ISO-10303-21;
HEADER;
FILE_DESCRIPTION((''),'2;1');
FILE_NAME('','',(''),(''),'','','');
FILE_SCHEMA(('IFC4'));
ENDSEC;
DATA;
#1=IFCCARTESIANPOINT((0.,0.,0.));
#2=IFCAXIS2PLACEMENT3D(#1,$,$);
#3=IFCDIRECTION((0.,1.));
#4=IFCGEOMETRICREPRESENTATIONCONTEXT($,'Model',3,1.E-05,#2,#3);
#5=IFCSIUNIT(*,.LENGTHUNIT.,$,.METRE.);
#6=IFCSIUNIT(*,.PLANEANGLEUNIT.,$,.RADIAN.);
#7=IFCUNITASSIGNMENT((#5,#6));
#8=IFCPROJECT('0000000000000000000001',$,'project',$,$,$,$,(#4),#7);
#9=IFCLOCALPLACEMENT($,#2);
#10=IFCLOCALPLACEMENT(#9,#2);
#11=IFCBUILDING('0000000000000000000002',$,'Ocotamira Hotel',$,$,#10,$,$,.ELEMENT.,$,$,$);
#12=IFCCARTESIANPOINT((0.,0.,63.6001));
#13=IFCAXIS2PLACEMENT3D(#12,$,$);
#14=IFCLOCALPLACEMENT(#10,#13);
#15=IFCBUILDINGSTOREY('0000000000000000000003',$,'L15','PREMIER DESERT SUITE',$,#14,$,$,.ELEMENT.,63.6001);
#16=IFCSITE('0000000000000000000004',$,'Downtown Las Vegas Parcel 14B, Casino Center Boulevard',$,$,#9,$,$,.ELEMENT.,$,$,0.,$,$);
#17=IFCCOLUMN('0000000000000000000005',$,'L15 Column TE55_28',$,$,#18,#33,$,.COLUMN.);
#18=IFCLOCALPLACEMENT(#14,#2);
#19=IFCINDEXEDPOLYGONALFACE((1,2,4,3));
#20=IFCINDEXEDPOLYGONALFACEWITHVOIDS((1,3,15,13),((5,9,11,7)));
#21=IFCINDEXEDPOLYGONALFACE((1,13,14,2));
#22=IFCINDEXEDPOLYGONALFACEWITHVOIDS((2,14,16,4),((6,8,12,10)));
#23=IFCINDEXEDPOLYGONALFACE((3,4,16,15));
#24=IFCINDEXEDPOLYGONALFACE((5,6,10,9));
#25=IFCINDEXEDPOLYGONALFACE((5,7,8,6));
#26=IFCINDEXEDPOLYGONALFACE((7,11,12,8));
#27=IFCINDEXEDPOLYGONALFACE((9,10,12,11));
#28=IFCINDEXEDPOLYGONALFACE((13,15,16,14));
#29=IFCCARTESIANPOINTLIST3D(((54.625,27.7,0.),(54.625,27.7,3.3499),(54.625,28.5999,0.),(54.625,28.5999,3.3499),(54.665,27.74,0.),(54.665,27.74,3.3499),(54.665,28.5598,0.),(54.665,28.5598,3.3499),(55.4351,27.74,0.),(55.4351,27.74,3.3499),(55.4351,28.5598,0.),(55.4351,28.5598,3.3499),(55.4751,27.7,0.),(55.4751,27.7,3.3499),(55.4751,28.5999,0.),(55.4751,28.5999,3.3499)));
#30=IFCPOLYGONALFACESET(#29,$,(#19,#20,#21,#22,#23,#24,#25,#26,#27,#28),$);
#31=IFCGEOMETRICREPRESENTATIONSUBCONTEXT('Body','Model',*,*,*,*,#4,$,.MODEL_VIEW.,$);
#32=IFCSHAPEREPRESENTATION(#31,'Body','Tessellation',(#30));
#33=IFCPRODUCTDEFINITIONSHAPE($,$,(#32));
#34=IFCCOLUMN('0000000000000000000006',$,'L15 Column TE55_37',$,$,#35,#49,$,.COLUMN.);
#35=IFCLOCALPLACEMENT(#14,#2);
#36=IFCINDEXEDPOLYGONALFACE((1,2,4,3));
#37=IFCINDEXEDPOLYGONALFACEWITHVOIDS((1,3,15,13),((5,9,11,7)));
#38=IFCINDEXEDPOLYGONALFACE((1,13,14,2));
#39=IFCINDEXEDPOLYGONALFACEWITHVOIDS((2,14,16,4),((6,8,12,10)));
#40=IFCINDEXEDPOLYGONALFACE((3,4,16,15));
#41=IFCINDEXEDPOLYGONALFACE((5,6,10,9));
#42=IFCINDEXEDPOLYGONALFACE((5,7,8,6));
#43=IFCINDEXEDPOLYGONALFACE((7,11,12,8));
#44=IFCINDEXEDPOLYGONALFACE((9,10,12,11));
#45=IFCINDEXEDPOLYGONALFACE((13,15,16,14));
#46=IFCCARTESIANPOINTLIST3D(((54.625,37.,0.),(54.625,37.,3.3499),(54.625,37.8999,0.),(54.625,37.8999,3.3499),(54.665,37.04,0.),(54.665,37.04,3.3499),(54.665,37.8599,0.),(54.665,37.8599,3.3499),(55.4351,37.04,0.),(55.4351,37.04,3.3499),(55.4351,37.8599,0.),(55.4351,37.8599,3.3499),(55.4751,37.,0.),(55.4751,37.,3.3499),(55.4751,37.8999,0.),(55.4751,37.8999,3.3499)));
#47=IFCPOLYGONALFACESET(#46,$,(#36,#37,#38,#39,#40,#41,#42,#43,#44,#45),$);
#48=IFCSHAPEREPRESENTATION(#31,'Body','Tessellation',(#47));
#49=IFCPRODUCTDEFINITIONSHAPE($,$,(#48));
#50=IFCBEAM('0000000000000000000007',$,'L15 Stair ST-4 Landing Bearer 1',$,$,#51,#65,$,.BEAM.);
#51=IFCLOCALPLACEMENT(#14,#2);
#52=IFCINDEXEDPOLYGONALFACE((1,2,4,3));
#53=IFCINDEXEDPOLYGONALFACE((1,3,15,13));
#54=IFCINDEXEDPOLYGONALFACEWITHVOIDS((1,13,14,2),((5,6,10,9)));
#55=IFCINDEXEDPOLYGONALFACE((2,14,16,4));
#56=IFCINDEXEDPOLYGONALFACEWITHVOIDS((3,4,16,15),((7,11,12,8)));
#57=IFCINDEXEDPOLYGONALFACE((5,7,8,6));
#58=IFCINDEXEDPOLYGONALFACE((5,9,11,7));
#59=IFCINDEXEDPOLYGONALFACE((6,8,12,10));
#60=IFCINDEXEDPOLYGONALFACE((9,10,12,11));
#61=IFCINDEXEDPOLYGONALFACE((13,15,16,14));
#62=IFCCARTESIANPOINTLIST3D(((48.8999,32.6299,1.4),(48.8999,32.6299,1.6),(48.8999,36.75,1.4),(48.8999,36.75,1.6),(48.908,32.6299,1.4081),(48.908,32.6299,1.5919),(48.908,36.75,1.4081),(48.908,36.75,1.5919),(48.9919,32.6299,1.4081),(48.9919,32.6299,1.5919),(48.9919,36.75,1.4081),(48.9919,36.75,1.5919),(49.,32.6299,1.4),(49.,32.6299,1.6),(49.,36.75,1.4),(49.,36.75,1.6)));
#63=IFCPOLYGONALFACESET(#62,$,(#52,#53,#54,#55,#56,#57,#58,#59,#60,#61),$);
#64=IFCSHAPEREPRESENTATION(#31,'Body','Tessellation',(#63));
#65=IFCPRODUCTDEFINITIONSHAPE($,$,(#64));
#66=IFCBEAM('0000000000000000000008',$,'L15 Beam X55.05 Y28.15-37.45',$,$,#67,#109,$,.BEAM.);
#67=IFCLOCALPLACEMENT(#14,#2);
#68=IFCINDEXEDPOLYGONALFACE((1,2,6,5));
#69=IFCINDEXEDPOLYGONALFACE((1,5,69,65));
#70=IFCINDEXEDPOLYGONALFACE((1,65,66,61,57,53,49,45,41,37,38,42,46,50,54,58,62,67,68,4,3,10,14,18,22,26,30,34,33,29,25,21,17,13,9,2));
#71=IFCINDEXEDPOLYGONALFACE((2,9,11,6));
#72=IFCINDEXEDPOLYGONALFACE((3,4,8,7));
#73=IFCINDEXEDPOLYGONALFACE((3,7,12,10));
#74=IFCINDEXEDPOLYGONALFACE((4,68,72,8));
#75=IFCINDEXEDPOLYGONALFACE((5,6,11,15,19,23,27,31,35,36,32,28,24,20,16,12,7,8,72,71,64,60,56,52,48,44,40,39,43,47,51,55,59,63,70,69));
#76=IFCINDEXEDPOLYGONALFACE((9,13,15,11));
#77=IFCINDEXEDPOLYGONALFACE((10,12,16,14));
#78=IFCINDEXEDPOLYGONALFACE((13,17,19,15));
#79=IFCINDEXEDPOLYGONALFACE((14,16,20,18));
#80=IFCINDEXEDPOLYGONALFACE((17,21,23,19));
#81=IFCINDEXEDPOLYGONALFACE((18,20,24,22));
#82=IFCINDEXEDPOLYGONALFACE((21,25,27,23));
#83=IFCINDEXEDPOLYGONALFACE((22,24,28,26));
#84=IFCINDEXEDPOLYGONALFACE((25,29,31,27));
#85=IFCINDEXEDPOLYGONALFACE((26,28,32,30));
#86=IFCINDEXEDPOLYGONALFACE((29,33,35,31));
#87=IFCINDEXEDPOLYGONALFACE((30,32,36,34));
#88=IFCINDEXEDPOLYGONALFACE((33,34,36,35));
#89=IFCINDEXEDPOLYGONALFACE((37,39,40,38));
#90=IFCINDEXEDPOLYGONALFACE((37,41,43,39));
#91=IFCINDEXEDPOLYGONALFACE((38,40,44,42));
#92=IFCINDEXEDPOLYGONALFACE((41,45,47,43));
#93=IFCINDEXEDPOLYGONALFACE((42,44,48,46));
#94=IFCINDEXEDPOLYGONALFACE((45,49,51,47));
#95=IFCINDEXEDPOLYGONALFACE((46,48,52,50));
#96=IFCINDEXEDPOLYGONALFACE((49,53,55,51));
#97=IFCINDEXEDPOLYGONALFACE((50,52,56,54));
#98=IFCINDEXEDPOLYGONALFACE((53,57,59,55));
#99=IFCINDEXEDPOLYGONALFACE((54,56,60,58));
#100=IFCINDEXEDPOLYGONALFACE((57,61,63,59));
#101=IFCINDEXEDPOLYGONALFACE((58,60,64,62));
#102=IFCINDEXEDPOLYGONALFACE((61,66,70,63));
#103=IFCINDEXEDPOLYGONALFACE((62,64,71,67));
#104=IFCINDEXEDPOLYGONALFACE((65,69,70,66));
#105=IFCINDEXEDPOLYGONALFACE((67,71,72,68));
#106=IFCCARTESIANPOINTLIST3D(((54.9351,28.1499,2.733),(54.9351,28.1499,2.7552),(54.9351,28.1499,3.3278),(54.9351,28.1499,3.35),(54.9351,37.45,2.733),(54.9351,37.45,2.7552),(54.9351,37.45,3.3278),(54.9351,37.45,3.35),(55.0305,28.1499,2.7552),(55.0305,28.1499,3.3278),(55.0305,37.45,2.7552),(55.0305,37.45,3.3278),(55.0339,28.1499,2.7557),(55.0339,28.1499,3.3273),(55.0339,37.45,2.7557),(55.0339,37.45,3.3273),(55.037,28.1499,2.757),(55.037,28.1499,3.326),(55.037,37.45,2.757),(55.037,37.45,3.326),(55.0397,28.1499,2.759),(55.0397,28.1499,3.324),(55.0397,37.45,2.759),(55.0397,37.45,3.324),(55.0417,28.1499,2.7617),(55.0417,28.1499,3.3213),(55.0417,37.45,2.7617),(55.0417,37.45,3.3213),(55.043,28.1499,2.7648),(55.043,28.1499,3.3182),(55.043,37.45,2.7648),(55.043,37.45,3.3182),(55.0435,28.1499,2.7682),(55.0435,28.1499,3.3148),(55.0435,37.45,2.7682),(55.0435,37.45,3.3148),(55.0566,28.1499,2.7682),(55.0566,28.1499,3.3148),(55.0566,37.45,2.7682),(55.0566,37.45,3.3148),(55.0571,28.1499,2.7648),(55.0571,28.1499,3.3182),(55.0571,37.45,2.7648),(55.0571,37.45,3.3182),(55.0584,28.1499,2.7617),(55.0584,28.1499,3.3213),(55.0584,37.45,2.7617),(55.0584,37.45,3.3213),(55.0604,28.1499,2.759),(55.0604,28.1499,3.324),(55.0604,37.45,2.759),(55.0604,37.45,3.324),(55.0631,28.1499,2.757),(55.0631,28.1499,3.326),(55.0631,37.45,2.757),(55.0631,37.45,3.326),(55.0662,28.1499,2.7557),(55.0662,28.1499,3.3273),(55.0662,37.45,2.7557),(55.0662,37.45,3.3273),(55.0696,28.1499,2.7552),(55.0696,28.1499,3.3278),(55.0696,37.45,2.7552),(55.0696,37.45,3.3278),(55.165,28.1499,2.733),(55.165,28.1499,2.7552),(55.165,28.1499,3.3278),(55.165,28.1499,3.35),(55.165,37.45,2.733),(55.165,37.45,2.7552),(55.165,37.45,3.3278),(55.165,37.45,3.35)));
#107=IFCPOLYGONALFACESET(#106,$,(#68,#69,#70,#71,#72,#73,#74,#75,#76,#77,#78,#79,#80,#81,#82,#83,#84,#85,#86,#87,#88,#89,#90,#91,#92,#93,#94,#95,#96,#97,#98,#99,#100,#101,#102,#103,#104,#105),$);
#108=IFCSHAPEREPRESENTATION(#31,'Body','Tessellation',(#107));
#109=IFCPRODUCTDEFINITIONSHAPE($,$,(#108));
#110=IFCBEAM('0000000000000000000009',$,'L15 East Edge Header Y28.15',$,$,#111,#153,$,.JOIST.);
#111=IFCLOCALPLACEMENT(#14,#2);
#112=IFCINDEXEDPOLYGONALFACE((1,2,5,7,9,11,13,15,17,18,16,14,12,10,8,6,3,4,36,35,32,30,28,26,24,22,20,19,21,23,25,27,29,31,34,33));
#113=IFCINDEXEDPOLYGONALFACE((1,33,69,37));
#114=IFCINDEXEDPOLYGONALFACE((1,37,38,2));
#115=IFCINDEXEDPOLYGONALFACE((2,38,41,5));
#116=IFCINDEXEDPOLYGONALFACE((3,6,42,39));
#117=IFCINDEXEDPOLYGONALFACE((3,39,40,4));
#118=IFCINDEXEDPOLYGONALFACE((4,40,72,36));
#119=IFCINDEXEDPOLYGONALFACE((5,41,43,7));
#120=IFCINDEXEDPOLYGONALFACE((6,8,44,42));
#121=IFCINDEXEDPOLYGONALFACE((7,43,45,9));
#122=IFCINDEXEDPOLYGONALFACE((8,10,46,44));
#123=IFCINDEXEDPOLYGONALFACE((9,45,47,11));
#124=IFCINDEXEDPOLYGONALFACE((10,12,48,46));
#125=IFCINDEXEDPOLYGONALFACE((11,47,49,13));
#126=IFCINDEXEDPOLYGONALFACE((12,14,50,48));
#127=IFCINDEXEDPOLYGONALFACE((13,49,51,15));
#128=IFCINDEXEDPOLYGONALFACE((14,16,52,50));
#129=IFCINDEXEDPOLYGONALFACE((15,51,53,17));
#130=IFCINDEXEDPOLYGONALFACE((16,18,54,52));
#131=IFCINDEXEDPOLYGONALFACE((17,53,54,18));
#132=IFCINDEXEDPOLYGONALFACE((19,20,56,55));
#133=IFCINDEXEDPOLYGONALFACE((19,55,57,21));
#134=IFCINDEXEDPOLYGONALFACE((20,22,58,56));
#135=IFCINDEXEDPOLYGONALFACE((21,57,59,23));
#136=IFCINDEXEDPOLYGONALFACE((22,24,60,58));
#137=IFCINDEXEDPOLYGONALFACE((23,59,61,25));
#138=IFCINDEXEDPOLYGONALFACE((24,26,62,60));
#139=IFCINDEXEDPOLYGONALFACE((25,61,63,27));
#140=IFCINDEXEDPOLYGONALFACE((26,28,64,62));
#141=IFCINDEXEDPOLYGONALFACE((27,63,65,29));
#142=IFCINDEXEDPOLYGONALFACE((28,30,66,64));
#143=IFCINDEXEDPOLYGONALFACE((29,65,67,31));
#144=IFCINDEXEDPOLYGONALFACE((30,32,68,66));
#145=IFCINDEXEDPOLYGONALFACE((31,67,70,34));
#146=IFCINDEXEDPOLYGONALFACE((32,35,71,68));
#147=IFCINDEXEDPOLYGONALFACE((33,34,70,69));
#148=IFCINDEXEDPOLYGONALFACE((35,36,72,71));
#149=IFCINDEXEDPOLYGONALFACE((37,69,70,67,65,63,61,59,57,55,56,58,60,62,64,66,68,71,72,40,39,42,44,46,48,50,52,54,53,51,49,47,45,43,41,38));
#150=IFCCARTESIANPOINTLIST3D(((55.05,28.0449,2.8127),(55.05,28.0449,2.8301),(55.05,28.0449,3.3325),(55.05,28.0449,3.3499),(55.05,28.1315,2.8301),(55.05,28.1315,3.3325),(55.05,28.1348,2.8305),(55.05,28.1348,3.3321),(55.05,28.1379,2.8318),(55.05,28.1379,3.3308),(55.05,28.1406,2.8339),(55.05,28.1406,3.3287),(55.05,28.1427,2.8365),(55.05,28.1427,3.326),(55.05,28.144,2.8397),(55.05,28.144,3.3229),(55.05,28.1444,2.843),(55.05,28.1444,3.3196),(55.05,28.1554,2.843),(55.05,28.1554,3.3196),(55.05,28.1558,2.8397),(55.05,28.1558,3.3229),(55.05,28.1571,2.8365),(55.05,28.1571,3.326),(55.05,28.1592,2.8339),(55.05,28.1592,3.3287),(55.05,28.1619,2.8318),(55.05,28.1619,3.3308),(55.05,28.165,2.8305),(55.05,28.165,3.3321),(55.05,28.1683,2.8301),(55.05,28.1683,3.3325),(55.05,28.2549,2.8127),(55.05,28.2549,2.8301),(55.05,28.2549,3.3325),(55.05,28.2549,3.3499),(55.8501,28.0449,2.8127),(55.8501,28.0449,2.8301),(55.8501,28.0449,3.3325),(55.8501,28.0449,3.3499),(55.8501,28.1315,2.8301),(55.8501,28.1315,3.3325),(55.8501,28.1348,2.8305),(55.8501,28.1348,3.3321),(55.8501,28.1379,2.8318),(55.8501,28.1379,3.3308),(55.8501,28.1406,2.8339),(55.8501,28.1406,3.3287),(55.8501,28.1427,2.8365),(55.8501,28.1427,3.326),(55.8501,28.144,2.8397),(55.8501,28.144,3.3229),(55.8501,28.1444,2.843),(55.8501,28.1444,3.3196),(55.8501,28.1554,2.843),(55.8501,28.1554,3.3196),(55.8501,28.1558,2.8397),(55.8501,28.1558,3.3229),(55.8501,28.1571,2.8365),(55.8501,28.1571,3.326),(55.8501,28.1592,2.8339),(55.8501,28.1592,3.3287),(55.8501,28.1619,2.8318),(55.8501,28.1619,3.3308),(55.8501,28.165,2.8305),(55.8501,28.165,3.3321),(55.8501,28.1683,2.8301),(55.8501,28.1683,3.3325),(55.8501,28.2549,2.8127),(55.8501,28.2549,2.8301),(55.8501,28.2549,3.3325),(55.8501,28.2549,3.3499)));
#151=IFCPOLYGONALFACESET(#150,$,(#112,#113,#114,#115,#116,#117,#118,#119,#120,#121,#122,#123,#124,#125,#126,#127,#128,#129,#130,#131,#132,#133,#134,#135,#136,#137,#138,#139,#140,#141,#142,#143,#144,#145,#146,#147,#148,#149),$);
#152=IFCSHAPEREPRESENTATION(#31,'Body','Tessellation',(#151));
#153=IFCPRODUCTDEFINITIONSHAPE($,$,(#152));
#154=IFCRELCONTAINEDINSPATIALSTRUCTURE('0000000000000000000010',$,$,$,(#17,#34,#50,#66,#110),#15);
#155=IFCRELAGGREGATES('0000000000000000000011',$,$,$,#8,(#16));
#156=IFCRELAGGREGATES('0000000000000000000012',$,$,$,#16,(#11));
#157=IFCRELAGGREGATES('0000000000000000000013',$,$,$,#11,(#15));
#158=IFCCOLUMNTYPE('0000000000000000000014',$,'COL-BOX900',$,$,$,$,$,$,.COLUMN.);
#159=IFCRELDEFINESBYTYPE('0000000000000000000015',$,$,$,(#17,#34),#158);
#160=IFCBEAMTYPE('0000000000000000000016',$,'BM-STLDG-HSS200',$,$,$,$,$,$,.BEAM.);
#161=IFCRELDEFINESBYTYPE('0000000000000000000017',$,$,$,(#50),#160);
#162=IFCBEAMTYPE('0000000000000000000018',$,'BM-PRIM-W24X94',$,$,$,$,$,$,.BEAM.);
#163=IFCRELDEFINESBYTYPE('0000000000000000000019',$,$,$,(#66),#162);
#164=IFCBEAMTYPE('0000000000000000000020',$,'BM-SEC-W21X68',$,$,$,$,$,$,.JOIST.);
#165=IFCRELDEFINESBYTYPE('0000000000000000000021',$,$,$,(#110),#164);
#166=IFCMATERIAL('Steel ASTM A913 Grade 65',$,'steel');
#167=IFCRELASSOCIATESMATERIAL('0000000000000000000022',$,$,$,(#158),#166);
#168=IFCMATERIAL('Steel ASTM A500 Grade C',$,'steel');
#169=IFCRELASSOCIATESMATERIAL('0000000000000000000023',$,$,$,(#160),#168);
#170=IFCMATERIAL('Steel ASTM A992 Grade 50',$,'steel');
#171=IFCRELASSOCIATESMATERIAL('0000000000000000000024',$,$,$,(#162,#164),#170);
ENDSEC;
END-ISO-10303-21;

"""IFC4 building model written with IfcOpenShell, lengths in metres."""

from ifc_helpers import new_model, si_unit, direction, frame, origin, origin_2d, place, context, subcontext, project, spatial, hollow_rectangle, i_section, extrude, source, transform, mapped, material, material_profile, profile_set, type_object, element, save


model = new_model("IFC4")

# Units and contexts
model_context = context("Model", 3, precision=1e-05, world=origin(), true_north=direction((0.0, 1.0)))
body_context = subcontext(model_context, "Body", "Model", "MODEL_VIEW")
ifc_project = project(units=[si_unit("LENGTHUNIT", "METRE"), si_unit("PLANEANGLEUNIT", "RADIAN")], contexts=[model_context])

# Site, building, storey
site_placement = place(None, origin())
site = spatial("IfcSite", under=ifc_project, at=site_placement, Name="Downtown Las Vegas Parcel 14B, Casino Center Boulevard", CompositionType="ELEMENT", RefElevation=0.0)
building_placement = place(site_placement, origin())
building = spatial("IfcBuilding", under=site, at=building_placement, Name="Ocotamira Hotel", CompositionType="ELEMENT")
storey_placement = place(building_placement, frame((0.0, 0.0, 63.6001)))
storey = spatial("IfcBuildingStorey", under=building, at=storey_placement, Name="L15", Description="PREMIER DESERT SUITE", CompositionType="ELEMENT", Elevation=63.6001)

# Columns
ifc_material_1 = material(Name="Steel ASTM A913 Grade 65", Category="steel")
ifc_material_profile_1 = material_profile(ifc_material_1, hollow_rectangle(XDim=0.8501, YDim=0.8999, WallThickness=0.04, at=origin_2d()), Name="BOX900X850X40")
ifc_profile_set_1 = profile_set([ifc_material_profile_1], Name="Steel ASTM A913 Grade 65")
column_type = type_object("IfcColumnType", Name="COL-BOX900", PredefinedType="COLUMN", material=ifc_profile_set_1)
shared_shape_1 = source(origin(), body_context, "Body", "SweptSolid", [
    extrude(hollow_rectangle(XDim=0.8501, YDim=0.8999, WallThickness=0.04, at=origin_2d()), origin(), (0.0, 0.0, 1.0), 3.3499),
])
for number, where, z_axis, x_axis, name in (
    (1, (55.05, 28.1499, 0.0), (0.0, 0.0, 1.0), (1.0, 0.0, 0.0), "L15 Column TE55_28"),
    (2, (55.05, 37.45, 0.0), (0.0, 0.0, 1.0), (1.0, 0.0, 0.0), "L15 Column TE55_37"),
):
    element("IfcColumn", number, at=place(storey_placement, frame(where, z_axis=z_axis, x_axis=x_axis)), inside=storey, type_object=column_type, Name=name, PredefinedType="COLUMN", context=body_context, shape_type="MappedRepresentation", body=[
        mapped(shared_shape_1, transform((0.0, 0.0, 0.0), scale=1.0)),
    ])

# Beams
ifc_material_2 = material(Name="Steel ASTM A500 Grade C", Category="steel")
ifc_material_profile_2 = material_profile(ifc_material_2, hollow_rectangle(XDim=0.1001, YDim=0.2, WallThickness=0.0081, at=origin_2d()), Name="HSS200X100X8")
ifc_profile_set_2 = profile_set([ifc_material_profile_2], Name="Steel ASTM A500 Grade C")
beam_type_1 = type_object("IfcBeamType", Name="BM-STLDG-HSS200", PredefinedType="BEAM", material=ifc_profile_set_2)
shared_shape_2 = source(origin(), body_context, "Body", "SweptSolid", [
    extrude(hollow_rectangle(XDim=0.1001, YDim=0.2, WallThickness=0.0081, at=origin_2d()), origin(), (0.0, 0.0, 1.0), 4.1201),
])
beam_1_placement = place(storey_placement, frame((48.95, 32.6299, 1.5), z_axis=(0.0, 1.0, 0.0), x_axis=(-1.0, 0.0, 0.0)))
element("IfcBeam", 3, at=beam_1_placement, inside=storey, type_object=beam_type_1, Name="L15 Stair ST-4 Landing Bearer 1", PredefinedType="BEAM", context=body_context, shape_type="MappedRepresentation", body=[
    mapped(shared_shape_2, transform((0.0, 0.0, 0.0), scale=1.0)),
])
ifc_material_3 = material(Name="Steel ASTM A992 Grade 50", Category="steel")
ifc_material_profile_3 = material_profile(ifc_material_3, i_section(OverallWidth=0.23, OverallDepth=0.6169, WebThickness=0.0132, FlangeThickness=0.0222, FilletRadius=0.0129, at=origin_2d()), Name="W24X94")
ifc_profile_set_3 = profile_set([ifc_material_profile_3], Name="Steel ASTM A992 Grade 50")
beam_type_2 = type_object("IfcBeamType", Name="BM-PRIM-W24X94", PredefinedType="BEAM", material=ifc_profile_set_3)
shared_shape_3 = source(origin(), body_context, "Body", "SweptSolid", [
    extrude(i_section(OverallWidth=0.23, OverallDepth=0.6169, WebThickness=0.0132, FlangeThickness=0.0222, FilletRadius=0.0129, at=origin_2d()), origin(), (0.0, 0.0, 1.0), 9.3),
])
beam_2_placement = place(storey_placement, frame((55.05, 28.1499, 3.0415), z_axis=(0.0, 1.0, 0.0), x_axis=(-1.0, 0.0, 0.0)))
element("IfcBeam", 4, at=beam_2_placement, inside=storey, type_object=beam_type_2, Name="L15 Beam X55.05 Y28.15-37.45", PredefinedType="BEAM", context=body_context, shape_type="MappedRepresentation", body=[
    mapped(shared_shape_3, transform((0.0, 0.0, 0.0), scale=1.0)),
])
ifc_material_profile_4 = material_profile(ifc_material_3, i_section(OverallWidth=0.21, OverallDepth=0.5371, WebThickness=0.011, FlangeThickness=0.0173, FilletRadius=0.0129, at=origin_2d()), Name="W21X68")
ifc_profile_set_4 = profile_set([ifc_material_profile_4], Name="Steel ASTM A992 Grade 50")
beam_type_3 = type_object("IfcBeamType", Name="BM-SEC-W21X68", PredefinedType="JOIST", material=ifc_profile_set_4)
shared_shape_4 = source(origin(), body_context, "Body", "SweptSolid", [
    extrude(i_section(OverallWidth=0.21, OverallDepth=0.5371, WebThickness=0.011, FlangeThickness=0.0173, FilletRadius=0.0129, at=origin_2d()), origin(), (0.0, 0.0, 1.0), 0.8),
])
for number, where, z_axis, x_axis, name in (
    (5, (55.05, 28.1499, 3.0813), (1.0, 0.0, 0.0), (0.0, 1.0, 0.0), "L15 East Edge Header Y28.15"),
):
    element("IfcBeam", number, at=place(storey_placement, frame(where, z_axis=z_axis, x_axis=x_axis)), inside=storey, type_object=beam_type_3, Name=name, PredefinedType="JOIST", context=body_context, shape_type="MappedRepresentation", body=[
        mapped(shared_shape_4, transform((0.0, 0.0, 0.0), scale=1.0)),
    ])

save(model, "model.ifc")
